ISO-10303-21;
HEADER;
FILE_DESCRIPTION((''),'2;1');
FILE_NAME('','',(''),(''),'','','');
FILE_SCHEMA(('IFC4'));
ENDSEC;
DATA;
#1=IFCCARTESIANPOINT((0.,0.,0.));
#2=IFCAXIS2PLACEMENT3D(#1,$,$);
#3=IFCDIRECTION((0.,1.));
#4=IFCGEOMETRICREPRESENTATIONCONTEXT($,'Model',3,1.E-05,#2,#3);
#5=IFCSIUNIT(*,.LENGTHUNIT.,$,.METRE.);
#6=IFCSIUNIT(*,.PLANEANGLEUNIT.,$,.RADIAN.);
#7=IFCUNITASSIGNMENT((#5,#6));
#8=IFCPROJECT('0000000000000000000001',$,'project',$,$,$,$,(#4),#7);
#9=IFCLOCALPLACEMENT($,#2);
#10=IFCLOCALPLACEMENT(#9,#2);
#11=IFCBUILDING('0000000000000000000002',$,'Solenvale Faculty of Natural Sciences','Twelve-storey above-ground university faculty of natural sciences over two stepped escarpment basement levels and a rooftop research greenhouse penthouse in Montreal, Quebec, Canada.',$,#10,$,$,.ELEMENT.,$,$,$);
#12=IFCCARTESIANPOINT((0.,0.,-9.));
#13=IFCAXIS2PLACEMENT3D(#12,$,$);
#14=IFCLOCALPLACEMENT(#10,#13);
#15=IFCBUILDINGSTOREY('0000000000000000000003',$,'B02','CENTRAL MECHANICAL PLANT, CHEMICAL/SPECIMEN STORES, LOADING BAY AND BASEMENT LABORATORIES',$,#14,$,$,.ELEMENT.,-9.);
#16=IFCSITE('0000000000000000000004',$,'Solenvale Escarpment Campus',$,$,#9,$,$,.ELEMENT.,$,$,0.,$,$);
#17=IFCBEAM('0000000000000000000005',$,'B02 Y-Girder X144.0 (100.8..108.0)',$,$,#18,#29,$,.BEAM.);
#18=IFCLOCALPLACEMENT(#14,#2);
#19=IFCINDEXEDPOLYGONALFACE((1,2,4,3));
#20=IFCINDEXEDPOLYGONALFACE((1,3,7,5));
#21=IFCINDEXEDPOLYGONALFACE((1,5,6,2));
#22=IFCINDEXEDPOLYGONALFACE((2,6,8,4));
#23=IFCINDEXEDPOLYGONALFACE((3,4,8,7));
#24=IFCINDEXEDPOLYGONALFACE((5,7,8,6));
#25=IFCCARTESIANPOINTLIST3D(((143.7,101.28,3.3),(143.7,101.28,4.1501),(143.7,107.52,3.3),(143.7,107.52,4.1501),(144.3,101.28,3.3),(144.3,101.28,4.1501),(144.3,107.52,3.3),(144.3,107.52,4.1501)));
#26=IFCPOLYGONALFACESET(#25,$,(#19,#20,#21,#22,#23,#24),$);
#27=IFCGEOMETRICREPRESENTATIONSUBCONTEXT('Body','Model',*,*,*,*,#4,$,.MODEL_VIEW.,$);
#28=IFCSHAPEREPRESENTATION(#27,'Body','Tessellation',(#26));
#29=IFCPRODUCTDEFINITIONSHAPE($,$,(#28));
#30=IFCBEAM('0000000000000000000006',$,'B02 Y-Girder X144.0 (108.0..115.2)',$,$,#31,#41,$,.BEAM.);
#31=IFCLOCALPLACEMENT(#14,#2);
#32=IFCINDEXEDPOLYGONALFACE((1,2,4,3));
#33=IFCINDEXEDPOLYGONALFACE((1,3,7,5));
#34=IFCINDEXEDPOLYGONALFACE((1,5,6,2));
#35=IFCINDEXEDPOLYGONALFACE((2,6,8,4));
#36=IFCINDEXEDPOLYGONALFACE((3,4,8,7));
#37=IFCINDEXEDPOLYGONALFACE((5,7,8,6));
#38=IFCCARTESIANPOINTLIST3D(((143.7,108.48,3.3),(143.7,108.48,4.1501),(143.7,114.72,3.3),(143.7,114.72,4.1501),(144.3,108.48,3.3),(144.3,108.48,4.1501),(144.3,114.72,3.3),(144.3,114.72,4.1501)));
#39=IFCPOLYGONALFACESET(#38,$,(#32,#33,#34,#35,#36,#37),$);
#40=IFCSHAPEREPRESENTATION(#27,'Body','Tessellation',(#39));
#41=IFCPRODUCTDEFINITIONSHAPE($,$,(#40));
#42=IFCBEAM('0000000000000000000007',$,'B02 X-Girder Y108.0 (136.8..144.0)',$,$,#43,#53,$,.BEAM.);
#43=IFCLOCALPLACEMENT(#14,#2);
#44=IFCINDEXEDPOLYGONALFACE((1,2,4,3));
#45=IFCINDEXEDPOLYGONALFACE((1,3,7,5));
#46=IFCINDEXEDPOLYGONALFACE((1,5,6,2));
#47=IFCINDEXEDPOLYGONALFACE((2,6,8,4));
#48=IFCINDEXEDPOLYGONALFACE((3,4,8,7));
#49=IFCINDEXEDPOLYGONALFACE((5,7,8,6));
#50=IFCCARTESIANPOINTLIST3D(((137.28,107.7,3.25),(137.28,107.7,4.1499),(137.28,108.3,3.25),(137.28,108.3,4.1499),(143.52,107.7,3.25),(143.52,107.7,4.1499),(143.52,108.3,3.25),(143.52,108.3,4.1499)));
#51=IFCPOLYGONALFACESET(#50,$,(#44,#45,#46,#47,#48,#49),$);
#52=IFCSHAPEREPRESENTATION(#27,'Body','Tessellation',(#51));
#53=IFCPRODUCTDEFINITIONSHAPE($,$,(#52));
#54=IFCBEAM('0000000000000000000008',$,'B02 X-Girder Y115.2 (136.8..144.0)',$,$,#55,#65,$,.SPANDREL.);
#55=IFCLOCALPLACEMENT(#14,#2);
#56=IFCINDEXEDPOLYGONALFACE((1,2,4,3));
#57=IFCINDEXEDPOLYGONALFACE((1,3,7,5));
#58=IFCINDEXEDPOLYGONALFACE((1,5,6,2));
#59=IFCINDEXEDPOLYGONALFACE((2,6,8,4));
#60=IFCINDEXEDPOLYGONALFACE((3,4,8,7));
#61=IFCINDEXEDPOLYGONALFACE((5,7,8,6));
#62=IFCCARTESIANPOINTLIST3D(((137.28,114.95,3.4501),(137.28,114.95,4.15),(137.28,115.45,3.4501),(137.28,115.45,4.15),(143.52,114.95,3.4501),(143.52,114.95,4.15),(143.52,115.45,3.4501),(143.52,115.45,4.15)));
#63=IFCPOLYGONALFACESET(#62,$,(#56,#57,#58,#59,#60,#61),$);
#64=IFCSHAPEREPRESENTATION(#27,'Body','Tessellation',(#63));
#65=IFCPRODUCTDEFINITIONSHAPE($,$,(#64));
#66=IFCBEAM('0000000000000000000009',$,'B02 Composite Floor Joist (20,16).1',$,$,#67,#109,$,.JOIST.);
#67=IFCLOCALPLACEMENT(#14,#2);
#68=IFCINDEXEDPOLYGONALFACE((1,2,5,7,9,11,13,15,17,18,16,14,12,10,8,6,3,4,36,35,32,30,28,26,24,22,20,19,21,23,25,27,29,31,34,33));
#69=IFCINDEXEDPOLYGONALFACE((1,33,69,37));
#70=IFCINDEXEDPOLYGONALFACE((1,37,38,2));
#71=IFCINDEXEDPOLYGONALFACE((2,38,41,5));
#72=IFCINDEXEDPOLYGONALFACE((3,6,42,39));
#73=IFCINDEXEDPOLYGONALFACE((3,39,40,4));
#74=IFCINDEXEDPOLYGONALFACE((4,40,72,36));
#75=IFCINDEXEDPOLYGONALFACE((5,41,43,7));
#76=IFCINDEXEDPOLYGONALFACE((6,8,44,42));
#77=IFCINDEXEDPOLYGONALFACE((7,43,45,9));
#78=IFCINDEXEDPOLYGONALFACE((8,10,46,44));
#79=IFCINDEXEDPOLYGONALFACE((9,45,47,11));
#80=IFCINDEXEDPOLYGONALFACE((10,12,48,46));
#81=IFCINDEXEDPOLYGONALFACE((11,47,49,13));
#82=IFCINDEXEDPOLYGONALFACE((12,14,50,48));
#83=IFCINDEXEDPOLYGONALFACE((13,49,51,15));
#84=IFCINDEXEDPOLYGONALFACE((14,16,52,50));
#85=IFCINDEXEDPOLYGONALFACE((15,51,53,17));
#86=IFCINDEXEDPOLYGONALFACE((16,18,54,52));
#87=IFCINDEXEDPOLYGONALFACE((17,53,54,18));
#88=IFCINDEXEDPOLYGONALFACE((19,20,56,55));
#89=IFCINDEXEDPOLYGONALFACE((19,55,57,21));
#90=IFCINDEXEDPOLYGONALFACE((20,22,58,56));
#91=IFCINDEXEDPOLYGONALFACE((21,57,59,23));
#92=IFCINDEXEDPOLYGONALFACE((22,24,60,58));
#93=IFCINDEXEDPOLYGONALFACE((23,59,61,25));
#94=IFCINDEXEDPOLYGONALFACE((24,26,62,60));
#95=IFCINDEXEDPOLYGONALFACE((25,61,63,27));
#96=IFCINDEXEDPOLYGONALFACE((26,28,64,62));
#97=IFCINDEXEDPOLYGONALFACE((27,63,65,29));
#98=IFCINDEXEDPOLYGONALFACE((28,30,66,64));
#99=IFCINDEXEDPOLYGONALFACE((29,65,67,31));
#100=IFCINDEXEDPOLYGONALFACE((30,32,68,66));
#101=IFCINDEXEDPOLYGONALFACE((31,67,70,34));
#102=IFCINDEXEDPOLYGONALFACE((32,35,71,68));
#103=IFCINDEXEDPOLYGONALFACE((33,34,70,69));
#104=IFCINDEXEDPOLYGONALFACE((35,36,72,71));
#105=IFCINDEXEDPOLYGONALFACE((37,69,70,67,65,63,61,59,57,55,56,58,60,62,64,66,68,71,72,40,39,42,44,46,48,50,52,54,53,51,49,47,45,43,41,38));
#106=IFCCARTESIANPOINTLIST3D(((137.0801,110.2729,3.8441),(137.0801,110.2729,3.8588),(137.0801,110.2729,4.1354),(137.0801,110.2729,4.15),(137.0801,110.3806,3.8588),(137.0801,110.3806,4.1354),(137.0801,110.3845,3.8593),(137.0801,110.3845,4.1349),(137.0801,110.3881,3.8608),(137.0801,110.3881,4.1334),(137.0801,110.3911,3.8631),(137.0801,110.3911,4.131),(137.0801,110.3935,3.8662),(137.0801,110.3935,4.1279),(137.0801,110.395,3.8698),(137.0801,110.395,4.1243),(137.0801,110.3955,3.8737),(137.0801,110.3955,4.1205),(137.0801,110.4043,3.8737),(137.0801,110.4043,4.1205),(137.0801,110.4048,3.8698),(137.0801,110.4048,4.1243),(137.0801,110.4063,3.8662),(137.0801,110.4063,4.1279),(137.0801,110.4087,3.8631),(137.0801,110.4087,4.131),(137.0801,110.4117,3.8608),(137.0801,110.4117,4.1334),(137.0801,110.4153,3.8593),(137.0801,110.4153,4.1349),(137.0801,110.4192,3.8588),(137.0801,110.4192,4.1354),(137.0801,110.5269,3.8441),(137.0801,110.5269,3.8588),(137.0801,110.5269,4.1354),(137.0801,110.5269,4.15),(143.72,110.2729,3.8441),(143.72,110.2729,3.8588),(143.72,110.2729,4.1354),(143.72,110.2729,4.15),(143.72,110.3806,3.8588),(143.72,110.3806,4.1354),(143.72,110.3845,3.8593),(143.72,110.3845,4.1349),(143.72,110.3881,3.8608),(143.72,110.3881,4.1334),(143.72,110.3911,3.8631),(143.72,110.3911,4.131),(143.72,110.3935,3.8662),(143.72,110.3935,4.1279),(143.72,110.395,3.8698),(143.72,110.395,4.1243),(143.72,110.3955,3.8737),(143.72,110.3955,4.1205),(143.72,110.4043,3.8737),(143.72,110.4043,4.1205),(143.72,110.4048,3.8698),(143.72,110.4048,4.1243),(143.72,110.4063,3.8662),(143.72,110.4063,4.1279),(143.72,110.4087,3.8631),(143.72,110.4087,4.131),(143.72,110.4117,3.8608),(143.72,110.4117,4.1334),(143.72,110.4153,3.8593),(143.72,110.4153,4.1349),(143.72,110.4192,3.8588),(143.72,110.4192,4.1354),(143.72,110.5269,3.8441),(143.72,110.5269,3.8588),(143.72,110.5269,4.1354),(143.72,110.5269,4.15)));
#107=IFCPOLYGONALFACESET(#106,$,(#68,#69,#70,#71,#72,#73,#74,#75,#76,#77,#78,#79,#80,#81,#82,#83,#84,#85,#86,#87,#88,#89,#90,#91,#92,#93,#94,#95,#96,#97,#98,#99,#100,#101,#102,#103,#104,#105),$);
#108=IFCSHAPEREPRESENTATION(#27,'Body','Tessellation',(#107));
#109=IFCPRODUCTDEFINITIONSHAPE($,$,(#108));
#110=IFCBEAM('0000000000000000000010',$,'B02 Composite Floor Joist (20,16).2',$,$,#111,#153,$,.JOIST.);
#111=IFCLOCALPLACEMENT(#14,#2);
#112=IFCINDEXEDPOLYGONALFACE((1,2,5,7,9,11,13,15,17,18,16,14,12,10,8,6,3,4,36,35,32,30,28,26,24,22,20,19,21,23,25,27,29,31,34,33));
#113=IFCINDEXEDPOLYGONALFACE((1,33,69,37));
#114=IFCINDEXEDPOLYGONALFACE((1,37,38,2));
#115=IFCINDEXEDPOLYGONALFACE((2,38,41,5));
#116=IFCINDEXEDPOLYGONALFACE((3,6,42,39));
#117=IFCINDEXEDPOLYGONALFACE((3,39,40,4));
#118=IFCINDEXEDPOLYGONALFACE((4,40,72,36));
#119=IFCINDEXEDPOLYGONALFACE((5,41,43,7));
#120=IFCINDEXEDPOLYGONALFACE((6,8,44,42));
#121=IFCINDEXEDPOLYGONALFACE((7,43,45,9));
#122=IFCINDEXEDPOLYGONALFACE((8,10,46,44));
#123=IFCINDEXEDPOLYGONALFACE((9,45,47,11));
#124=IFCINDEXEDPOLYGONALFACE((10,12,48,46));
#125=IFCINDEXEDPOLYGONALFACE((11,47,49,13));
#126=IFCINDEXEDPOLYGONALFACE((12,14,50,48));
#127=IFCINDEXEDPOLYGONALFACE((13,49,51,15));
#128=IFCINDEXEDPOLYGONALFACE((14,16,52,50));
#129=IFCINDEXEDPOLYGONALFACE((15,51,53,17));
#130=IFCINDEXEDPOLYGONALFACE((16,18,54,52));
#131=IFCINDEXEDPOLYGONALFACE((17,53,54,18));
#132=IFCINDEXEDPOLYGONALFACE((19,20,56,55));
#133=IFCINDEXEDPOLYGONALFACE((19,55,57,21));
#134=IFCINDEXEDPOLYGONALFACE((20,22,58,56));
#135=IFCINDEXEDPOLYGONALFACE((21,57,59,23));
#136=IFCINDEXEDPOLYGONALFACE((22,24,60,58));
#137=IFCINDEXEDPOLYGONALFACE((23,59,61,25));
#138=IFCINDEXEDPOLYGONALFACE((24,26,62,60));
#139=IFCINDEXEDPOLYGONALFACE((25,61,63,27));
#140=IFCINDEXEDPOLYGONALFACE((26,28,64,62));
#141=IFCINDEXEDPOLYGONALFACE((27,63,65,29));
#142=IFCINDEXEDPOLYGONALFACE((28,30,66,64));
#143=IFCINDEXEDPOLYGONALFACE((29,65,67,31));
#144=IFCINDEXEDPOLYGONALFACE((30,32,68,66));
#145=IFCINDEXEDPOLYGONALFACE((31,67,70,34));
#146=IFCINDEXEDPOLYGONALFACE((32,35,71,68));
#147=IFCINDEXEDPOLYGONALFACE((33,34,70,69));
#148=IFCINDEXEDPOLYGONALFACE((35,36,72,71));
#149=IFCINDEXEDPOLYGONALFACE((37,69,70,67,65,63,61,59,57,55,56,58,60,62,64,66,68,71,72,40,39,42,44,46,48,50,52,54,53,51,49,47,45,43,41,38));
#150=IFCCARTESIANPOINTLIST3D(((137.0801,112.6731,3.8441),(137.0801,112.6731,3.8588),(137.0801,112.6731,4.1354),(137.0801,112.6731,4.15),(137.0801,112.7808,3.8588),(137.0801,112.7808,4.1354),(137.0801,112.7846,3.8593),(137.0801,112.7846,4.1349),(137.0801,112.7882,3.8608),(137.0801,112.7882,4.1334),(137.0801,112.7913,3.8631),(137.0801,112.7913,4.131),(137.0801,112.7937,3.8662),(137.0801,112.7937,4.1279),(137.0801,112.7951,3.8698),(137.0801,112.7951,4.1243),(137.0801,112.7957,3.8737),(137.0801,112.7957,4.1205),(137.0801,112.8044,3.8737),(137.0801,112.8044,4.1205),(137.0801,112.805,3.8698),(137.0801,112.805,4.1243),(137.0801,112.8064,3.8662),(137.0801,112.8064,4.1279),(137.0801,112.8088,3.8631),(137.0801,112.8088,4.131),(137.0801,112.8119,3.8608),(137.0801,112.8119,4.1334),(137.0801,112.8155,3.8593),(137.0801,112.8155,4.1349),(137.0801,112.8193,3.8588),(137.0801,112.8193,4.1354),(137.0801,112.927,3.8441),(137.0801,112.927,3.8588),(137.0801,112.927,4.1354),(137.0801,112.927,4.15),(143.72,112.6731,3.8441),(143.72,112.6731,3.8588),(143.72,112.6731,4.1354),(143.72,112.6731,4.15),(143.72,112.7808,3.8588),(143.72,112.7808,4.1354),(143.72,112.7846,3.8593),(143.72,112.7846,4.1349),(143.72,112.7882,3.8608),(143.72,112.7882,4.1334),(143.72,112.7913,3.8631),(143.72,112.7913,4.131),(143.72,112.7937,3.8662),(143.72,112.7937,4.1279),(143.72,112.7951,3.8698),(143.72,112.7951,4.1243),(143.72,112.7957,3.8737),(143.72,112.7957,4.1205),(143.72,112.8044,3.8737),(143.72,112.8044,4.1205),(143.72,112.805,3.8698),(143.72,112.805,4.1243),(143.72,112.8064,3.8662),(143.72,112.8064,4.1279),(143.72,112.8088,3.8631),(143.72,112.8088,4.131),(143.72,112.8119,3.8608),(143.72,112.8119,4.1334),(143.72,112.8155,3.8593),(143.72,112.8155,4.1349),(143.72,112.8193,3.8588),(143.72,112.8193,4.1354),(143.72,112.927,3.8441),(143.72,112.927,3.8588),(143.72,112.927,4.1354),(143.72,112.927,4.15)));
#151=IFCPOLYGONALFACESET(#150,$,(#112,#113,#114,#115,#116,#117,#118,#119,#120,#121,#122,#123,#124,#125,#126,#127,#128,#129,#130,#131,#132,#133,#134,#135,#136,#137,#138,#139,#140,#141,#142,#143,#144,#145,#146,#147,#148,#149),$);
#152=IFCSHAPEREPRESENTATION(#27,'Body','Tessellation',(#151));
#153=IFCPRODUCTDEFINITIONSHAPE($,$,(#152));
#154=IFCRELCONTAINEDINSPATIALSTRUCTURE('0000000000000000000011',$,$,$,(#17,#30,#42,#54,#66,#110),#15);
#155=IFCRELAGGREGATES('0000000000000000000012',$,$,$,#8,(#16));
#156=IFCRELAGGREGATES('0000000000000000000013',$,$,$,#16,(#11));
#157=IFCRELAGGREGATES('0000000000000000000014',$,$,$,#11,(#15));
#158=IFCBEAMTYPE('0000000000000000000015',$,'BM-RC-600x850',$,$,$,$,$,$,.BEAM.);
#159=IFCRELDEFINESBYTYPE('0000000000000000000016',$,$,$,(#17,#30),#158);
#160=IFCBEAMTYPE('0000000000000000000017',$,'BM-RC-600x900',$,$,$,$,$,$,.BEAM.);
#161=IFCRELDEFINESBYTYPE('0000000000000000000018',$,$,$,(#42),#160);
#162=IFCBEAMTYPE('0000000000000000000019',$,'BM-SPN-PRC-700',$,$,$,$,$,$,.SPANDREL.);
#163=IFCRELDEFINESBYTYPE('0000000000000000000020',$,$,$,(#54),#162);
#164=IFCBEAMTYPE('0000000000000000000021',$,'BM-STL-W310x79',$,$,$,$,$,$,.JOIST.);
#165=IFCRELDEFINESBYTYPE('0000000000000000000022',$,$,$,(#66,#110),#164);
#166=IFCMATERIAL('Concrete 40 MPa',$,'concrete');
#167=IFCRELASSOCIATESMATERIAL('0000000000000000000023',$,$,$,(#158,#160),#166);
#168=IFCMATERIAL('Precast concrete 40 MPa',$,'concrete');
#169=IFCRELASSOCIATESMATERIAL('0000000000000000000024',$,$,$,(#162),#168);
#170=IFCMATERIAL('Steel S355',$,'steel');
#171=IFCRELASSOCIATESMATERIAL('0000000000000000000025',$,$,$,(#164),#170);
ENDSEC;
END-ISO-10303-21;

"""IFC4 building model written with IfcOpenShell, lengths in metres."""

from ifc_helpers import new_model, si_unit, direction, frame, origin, origin_2d, place, context, subcontext, project, spatial, rectangle, i_section, extrude, material, material_profile, profile_set, type_object, element, save


model = new_model("IFC4")

# Units and contexts
model_context = context("Model", 3, precision=1e-05, world=origin(), true_north=direction((0.0, 1.0)))
body_context = subcontext(model_context, "Body", "Model", "MODEL_VIEW")
ifc_project = project(units=[si_unit("LENGTHUNIT", "METRE"), si_unit("PLANEANGLEUNIT", "RADIAN")], contexts=[model_context])

# Site, building, storey
site_placement = place(None, origin())
site = spatial("IfcSite", under=ifc_project, at=site_placement, Name="Solenvale Escarpment Campus", CompositionType="ELEMENT", RefElevation=0.0)
building_placement = place(site_placement, origin())
building = spatial("IfcBuilding", under=site, at=building_placement, Name="Solenvale Faculty of Natural Sciences", Description="Twelve-storey above-ground university faculty of natural sciences over two stepped escarpment basement levels and a rooftop research greenhouse penthouse in Montreal, Quebec, Canada.", CompositionType="ELEMENT")
storey_placement = place(building_placement, frame((0.0, 0.0, -9.0)))
storey = spatial("IfcBuildingStorey", under=building, at=storey_placement, Name="B02", Description="CENTRAL MECHANICAL PLANT, CHEMICAL/SPECIMEN STORES, LOADING BAY AND BASEMENT LABORATORIES", CompositionType="ELEMENT", Elevation=-9.0)

# Shared definitions
ifc_material_1 = material(Name="Concrete 40 MPa", Category="concrete")

# Beams
ifc_material_profile_1 = material_profile(ifc_material_1, rectangle(XDim=0.6001, YDim=0.8501, at=origin_2d()), Name="RC-BM-600x850")
ifc_profile_set_1 = profile_set([ifc_material_profile_1], Name="Concrete 40 MPa")
beam_type_1 = type_object("IfcBeamType", Name="BM-RC-600x850", PredefinedType="BEAM", material=ifc_profile_set_1)
for number, where, z_axis, x_axis, name in (
    (1, (144.0, 101.28, 3.7251), (0.0, 1.0, 0.0), (-1.0, 0.0, 0.0), "B02 Y-Girder X144.0 (100.8..108.0)"),
    (2, (144.0, 108.48, 3.7251), (0.0, 1.0, 0.0), (-1.0, 0.0, 0.0), "B02 Y-Girder X144.0 (108.0..115.2)"),
):
    element("IfcBeam", number, at=place(storey_placement, frame(where, z_axis=z_axis, x_axis=x_axis)), inside=storey, type_object=beam_type_1, Name=name, PredefinedType="BEAM", context=body_context, shape_type="SweptSolid", body=[
        extrude(rectangle(XDim=0.6001, YDim=0.8501, at=origin_2d()), origin(), (0.0, 0.0, 1.0), 6.24),
    ])
ifc_material_profile_2 = material_profile(ifc_material_1, rectangle(XDim=0.6001, YDim=0.8999, at=origin_2d()), Name="RC-BM-600x900")
ifc_profile_set_2 = profile_set([ifc_material_profile_2], Name="Concrete 40 MPa")
beam_type_2 = type_object("IfcBeamType", Name="BM-RC-600x900", PredefinedType="BEAM", material=ifc_profile_set_2)
beam_1_placement = place(storey_placement, frame((137.28, 108.0, 3.7), z_axis=(1.0, 0.0, 0.0), x_axis=(0.0, 1.0, 0.0)))
element("IfcBeam", 3, at=beam_1_placement, inside=storey, type_object=beam_type_2, Name="B02 X-Girder Y108.0 (136.8..144.0)", PredefinedType="BEAM", context=body_context, shape_type="SweptSolid", body=[
    extrude(rectangle(XDim=0.6001, YDim=0.8999, at=origin_2d()), origin(), (0.0, 0.0, 1.0), 6.24),
])
ifc_material_2 = material(Name="Precast concrete 40 MPa", Category="concrete")
ifc_material_profile_3 = material_profile(ifc_material_2, rectangle(XDim=0.5, YDim=0.7, at=origin_2d()), Name="RC-BM-500x700")
ifc_profile_set_3 = profile_set([ifc_material_profile_3], Name="Precast concrete 40 MPa")
beam_type_3 = type_object("IfcBeamType", Name="BM-SPN-PRC-700", PredefinedType="SPANDREL", material=ifc_profile_set_3)
beam_2_placement = place(storey_placement, frame((137.28, 115.2, 3.8), z_axis=(1.0, 0.0, 0.0), x_axis=(0.0, 1.0, 0.0)))
element("IfcBeam", 4, at=beam_2_placement, inside=storey, type_object=beam_type_3, Name="B02 X-Girder Y115.2 (136.8..144.0)", PredefinedType="SPANDREL", context=body_context, shape_type="SweptSolid", body=[
    extrude(rectangle(XDim=0.5, YDim=0.7, at=origin_2d()), origin(), (0.0, 0.0, 1.0), 6.24),
])
ifc_material_3 = material(Name="Steel S355", Category="steel")
ifc_material_profile_4 = material_profile(ifc_material_3, i_section(OverallWidth=0.2539, OverallDepth=0.3059, WebThickness=0.0088, FlangeThickness=0.0146, FilletRadius=0.0149, at=origin_2d()), Name="W310x79")
ifc_profile_set_4 = profile_set([ifc_material_profile_4], Name="Steel S355")
beam_type_4 = type_object("IfcBeamType", Name="BM-STL-W310x79", PredefinedType="JOIST", material=ifc_profile_set_4)
for number, where, z_axis, x_axis, name in (
    (5, (137.0801, 110.3999, 3.9971), (1.0, 0.0, 0.0), (0.0, 1.0, 0.0), "B02 Composite Floor Joist (20,16).1"),
    (6, (137.0801, 112.8, 3.9971), (1.0, 0.0, 0.0), (0.0, 1.0, 0.0), "B02 Composite Floor Joist (20,16).2"),
):
    element("IfcBeam", number, at=place(storey_placement, frame(where, z_axis=z_axis, x_axis=x_axis)), inside=storey, type_object=beam_type_4, Name=name, PredefinedType="JOIST", context=body_context, shape_type="SweptSolid", body=[
        extrude(i_section(OverallWidth=0.2539, OverallDepth=0.3059, WebThickness=0.0088, FlangeThickness=0.0146, FilletRadius=0.0149, at=origin_2d()), origin(), (0.0, 0.0, 1.0), 6.6399),
    ])

save(model, "model.ifc")
